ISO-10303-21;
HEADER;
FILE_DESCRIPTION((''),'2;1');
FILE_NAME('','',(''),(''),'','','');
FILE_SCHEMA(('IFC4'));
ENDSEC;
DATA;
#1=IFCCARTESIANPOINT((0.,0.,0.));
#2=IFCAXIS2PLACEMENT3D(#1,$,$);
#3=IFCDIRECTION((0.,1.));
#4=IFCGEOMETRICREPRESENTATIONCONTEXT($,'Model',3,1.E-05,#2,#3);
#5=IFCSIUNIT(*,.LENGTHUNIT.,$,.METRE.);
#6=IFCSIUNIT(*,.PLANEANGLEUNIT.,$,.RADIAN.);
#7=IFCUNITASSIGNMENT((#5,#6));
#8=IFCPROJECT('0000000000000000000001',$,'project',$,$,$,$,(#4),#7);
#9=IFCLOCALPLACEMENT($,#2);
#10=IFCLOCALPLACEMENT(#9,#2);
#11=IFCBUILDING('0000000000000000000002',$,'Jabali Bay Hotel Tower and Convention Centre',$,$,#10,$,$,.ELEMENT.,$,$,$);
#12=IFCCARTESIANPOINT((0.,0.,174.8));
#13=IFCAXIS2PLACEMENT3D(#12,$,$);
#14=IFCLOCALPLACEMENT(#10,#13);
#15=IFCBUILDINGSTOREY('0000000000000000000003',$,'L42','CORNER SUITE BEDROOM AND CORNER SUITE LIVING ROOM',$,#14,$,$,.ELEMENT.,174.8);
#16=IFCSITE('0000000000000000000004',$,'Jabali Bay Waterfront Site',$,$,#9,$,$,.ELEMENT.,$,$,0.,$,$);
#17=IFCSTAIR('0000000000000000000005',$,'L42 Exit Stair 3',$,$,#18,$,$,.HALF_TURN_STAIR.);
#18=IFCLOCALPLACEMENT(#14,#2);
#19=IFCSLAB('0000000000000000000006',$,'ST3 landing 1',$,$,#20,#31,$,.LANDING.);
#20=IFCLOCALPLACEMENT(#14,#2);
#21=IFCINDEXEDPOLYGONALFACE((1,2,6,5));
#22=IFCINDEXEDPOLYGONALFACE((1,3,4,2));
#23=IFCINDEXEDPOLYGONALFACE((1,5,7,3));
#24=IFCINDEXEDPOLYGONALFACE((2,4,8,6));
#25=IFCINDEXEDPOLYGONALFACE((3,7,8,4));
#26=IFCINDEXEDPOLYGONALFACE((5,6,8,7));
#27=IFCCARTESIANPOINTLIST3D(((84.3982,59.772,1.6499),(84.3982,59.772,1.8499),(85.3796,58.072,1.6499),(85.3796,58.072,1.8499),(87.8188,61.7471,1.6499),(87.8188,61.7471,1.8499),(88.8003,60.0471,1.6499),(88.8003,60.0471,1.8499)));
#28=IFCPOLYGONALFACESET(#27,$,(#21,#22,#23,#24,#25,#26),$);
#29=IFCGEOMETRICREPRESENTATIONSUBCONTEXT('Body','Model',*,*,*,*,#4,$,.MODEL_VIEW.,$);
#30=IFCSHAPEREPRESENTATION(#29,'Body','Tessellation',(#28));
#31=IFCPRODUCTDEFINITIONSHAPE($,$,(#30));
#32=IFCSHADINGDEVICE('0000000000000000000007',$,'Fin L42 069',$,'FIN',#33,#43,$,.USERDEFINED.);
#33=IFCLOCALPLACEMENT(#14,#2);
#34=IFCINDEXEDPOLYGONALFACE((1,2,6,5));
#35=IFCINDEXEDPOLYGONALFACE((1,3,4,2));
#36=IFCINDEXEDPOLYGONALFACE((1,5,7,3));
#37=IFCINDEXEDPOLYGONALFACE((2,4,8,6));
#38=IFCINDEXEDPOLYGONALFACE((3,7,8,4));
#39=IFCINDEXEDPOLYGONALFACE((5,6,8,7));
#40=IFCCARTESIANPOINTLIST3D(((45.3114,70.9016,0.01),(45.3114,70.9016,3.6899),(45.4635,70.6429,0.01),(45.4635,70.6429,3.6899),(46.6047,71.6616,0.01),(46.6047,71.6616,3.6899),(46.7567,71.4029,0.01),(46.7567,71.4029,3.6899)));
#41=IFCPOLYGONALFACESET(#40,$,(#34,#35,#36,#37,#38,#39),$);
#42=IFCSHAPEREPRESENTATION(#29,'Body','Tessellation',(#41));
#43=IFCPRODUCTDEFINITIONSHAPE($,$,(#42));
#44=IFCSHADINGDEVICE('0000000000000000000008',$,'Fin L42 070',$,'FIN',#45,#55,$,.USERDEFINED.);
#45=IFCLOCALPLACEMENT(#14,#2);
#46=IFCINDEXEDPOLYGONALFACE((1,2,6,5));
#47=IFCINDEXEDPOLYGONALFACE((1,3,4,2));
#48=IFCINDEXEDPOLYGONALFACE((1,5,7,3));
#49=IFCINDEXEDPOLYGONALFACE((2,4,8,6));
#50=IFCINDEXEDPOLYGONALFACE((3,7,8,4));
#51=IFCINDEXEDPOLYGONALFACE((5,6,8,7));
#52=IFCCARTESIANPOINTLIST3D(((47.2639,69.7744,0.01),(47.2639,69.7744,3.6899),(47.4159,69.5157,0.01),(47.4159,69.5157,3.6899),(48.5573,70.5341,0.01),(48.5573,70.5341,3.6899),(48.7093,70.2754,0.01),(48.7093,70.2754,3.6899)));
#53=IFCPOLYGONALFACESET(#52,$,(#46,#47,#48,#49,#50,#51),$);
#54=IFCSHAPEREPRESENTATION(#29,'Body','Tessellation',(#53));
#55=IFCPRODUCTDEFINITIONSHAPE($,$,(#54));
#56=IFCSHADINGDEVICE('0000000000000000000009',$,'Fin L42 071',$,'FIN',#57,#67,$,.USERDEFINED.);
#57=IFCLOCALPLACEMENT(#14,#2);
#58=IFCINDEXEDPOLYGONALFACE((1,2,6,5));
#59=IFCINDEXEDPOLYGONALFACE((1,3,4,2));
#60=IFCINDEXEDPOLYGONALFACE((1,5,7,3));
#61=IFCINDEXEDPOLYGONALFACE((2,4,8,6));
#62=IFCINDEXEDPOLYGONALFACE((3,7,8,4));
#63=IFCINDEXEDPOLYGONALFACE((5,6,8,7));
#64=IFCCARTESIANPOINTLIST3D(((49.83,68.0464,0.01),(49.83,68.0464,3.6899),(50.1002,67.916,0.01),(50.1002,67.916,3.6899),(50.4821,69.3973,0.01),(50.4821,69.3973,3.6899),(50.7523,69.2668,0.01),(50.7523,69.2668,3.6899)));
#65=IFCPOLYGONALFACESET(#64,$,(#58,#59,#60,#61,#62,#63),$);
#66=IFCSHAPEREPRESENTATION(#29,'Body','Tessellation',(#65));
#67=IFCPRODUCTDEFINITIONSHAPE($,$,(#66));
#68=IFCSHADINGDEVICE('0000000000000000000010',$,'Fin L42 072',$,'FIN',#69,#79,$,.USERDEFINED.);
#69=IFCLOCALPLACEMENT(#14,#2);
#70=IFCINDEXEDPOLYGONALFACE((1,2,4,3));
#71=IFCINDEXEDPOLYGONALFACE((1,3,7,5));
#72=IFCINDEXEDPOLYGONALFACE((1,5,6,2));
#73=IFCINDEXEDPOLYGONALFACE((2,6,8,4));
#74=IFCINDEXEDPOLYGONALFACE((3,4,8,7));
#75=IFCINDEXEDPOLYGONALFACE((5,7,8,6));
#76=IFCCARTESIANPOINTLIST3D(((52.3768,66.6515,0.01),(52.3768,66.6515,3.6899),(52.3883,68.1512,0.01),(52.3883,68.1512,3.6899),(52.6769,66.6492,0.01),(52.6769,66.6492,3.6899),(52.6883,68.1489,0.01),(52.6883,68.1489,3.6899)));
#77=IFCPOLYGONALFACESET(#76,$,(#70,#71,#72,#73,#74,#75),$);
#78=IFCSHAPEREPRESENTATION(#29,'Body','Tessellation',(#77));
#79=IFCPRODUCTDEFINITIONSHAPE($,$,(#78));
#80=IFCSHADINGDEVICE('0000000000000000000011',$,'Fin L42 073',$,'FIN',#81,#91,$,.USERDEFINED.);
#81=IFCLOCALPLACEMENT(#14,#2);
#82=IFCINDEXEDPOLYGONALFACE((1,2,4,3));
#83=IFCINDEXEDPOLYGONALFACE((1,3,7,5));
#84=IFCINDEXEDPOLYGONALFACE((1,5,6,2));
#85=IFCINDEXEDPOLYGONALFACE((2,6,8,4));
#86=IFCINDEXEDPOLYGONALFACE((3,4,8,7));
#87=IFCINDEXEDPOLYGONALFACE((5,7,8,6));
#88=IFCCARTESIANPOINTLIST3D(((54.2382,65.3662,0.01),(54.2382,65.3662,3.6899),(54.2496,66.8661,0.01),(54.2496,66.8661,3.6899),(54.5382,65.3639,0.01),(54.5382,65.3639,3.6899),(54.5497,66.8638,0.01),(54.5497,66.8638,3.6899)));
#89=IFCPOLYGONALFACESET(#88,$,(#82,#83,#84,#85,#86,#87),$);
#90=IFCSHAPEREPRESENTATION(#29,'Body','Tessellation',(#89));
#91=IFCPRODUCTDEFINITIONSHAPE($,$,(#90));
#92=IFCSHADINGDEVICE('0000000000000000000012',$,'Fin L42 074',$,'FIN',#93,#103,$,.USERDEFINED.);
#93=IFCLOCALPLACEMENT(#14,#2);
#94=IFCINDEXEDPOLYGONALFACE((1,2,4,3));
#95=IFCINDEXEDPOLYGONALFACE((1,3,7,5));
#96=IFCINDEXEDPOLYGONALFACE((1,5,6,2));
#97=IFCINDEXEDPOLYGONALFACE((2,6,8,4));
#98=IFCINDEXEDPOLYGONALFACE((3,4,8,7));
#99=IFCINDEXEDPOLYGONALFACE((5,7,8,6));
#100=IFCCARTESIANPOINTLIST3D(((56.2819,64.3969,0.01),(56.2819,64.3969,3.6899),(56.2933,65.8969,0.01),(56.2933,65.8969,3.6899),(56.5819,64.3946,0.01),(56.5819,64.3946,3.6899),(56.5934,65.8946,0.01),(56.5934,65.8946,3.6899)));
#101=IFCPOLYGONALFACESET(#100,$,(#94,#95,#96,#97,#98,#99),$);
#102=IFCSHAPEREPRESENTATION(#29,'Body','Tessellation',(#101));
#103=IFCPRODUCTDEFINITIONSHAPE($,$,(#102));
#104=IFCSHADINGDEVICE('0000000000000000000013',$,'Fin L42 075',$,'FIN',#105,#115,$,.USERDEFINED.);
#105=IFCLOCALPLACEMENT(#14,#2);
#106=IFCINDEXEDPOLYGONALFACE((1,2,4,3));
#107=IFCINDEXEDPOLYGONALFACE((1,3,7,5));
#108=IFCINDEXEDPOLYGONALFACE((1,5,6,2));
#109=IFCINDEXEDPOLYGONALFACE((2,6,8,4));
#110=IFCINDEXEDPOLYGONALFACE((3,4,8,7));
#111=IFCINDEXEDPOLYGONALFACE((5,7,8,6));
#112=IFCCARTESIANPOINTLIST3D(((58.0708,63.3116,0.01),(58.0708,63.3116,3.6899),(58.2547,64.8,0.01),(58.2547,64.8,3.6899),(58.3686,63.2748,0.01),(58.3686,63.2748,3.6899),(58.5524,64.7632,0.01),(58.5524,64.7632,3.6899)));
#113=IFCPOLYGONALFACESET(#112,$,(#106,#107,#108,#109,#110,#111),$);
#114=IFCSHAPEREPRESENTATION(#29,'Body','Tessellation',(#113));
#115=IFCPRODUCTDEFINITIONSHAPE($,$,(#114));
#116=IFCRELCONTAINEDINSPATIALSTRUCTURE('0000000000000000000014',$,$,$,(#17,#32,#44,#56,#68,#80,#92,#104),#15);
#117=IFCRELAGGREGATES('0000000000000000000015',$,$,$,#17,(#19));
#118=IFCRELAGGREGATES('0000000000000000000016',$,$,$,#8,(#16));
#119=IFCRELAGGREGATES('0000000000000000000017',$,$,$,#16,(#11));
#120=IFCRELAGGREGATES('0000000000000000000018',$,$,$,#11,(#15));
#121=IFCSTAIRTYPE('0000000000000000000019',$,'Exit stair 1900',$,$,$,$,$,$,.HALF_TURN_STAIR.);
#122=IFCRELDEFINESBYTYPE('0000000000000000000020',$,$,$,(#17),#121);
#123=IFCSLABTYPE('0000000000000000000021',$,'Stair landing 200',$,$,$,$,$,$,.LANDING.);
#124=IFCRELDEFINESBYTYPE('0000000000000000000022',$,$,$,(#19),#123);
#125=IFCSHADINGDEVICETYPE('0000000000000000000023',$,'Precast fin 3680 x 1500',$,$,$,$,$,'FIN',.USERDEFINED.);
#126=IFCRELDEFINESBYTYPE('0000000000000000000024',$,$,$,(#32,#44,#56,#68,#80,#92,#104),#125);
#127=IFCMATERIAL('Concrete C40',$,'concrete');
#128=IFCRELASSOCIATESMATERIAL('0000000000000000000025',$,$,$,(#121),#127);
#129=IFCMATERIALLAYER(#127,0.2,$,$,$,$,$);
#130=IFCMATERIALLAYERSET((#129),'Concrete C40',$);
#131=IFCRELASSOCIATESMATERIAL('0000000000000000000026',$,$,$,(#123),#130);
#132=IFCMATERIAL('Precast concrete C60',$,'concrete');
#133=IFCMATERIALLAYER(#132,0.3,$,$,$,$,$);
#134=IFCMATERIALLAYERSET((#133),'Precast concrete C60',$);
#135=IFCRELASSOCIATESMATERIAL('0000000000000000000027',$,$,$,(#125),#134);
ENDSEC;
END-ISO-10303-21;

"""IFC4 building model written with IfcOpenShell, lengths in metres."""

from ifc_helpers import new_model, si_unit, direction, frame, frame_2d, origin, place, context, subcontext, project, spatial, polyline, rectangle, outline, extrude, material, layer, layer_set, type_object, element, aggregate, save


model = new_model("IFC4")

# Units and contexts
model_context = context("Model", 3, precision=1e-05, world=origin(), true_north=direction((0.0, 1.0)))
body_context = subcontext(model_context, "Body", "Model", "MODEL_VIEW")
ifc_project = project(units=[si_unit("LENGTHUNIT", "METRE"), si_unit("PLANEANGLEUNIT", "RADIAN")], contexts=[model_context])

# Site, building, storey
site_placement = place(None, origin())
site = spatial("IfcSite", under=ifc_project, at=site_placement, Name="Jabali Bay Waterfront Site", CompositionType="ELEMENT", RefElevation=0.0)
building_placement = place(site_placement, origin())
building = spatial("IfcBuilding", under=site, at=building_placement, Name="Jabali Bay Hotel Tower and Convention Centre", CompositionType="ELEMENT")
storey_placement = place(building_placement, frame((0.0, 0.0, 174.8)))
storey = spatial("IfcBuildingStorey", under=building, at=storey_placement, Name="L42", Description="CORNER SUITE BEDROOM AND CORNER SUITE LIVING ROOM", CompositionType="ELEMENT", Elevation=174.8)

# Shared definitions
ifc_material_1 = material(Name="Concrete C40", Category="concrete")

# Stair, slab
stair_type = type_object("IfcStairType", Name="Exit stair 1900", PredefinedType="HALF_TURN_STAIR", material=ifc_material_1)
ifc_layer_1 = layer(ifc_material_1, 0.2)
ifc_layer_set_1 = layer_set([ifc_layer_1], Name="Concrete C40")
slab_type_1 = type_object("IfcSlabType", Name="Stair landing 200", PredefinedType="LANDING", material=ifc_layer_set_1)
stair_1_placement = place(storey_placement, origin())
stair_1 = element("IfcStair", 1, at=stair_1_placement, inside=storey, type_object=stair_type, Name="L42 Exit Stair 3", PredefinedType="HALF_TURN_STAIR")
slab_1_placement = place(storey_placement, frame((0.0, 0.0, 1.6499)))
slab_1 = element("IfcSlab", 2, at=slab_1_placement, type_object=slab_type_1, Name="ST3 landing 1", PredefinedType="LANDING", context=body_context, shape_type="SweptSolid", body=[
    extrude(outline(polyline([(84.3982, 59.772), (85.3796, 58.072), (88.8003, 60.0471), (87.8188, 61.7471), (84.3982, 59.772)])), origin(), (0.0, 0.0, 1.0), 0.2),
])
aggregate(stair_1, [slab_1])

# Shading devices
ifc_material_2 = material(Name="Precast concrete C60", Category="concrete")
ifc_layer_2 = layer(ifc_material_2, 0.3)
ifc_layer_set_2 = layer_set([ifc_layer_2], Name="Precast concrete C60")
shading_device_type = type_object("IfcShadingDeviceType", Name="Precast fin 3680 x 1500", ElementType="FIN", PredefinedType="USERDEFINED", material=ifc_layer_set_2)
for number, where, z_axis, x_axis, name in (
    (3, (46.6807, 71.5322, 0.01), (0.0, 0.0, 1.0), (-0.862139, -0.506672, 0.0), "Fin L42 069"),
    (4, (48.6333, 70.4048, 0.01), (0.0, 0.0, 1.0), (-0.862252, -0.506479, 0.0), "Fin L42 070"),
    (5, (50.6172, 69.332, 0.01), (0.0, 0.0, 1.0), (-0.434735, -0.900558, 0.0), "Fin L42 071"),
):
    element("IfcShadingDevice", number, at=place(storey_placement, frame(where, z_axis=z_axis, x_axis=x_axis)), inside=storey, type_object=shading_device_type, Name=name, ObjectType="FIN", PredefinedType="USERDEFINED", context=body_context, shape_type="SweptSolid", body=[
        extrude(rectangle(XDim=1.5, YDim=0.3, at=frame_2d((0.75, 0.0))), origin(), (0.0, 0.0, 1.0), 3.6799),
    ])
shading_device_1_placement = place(storey_placement, frame((52.5383, 68.1501, 0.01), z_axis=(0.0, 0.0, 1.0), x_axis=(-0.007651, -0.999971, 0.0)))
element("IfcShadingDevice", 6, at=shading_device_1_placement, inside=storey, type_object=shading_device_type, Name="Fin L42 072", ObjectType="FIN", PredefinedType="USERDEFINED", context=body_context, shape_type="SweptSolid", body=[
    extrude(rectangle(XDim=1.4998, YDim=0.3, at=frame_2d((0.75, 0.0))), origin(), (0.0, 0.0, 1.0), 3.6799),
])
for number, where, z_axis, x_axis, name in (
    (7, (54.3997, 66.865, 0.01), (0.0, 0.0, 1.0), (-0.00765, -0.999971, 0.0), "Fin L42 073"),
    (8, (56.4434, 65.8958, 0.01), (0.0, 0.0, 1.0), (-0.00765, -0.999971, 0.0), "Fin L42 074"),
):
    element("IfcShadingDevice", number, at=place(storey_placement, frame(where, z_axis=z_axis, x_axis=x_axis)), inside=storey, type_object=shading_device_type, Name=name, ObjectType="FIN", PredefinedType="USERDEFINED", context=body_context, shape_type="SweptSolid", body=[
        extrude(rectangle(XDim=1.5, YDim=0.3, at=frame_2d((0.75, 0.0))), origin(), (0.0, 0.0, 1.0), 3.6799),
    ])
shading_device_2_placement = place(storey_placement, frame((58.4036, 64.7817, 0.01), z_axis=(0.0, 0.0, 1.0), x_axis=(-0.122572, -0.99246, 0.0)))
element("IfcShadingDevice", 9, at=shading_device_2_placement, inside=storey, type_object=shading_device_type, Name="Fin L42 075", ObjectType="FIN", PredefinedType="USERDEFINED", context=body_context, shape_type="SweptSolid", body=[
    extrude(rectangle(XDim=1.4998, YDim=0.3, at=frame_2d((0.75, 0.0))), origin(), (0.0, 0.0, 1.0), 3.6799),
])

save(model, "model.ifc")
